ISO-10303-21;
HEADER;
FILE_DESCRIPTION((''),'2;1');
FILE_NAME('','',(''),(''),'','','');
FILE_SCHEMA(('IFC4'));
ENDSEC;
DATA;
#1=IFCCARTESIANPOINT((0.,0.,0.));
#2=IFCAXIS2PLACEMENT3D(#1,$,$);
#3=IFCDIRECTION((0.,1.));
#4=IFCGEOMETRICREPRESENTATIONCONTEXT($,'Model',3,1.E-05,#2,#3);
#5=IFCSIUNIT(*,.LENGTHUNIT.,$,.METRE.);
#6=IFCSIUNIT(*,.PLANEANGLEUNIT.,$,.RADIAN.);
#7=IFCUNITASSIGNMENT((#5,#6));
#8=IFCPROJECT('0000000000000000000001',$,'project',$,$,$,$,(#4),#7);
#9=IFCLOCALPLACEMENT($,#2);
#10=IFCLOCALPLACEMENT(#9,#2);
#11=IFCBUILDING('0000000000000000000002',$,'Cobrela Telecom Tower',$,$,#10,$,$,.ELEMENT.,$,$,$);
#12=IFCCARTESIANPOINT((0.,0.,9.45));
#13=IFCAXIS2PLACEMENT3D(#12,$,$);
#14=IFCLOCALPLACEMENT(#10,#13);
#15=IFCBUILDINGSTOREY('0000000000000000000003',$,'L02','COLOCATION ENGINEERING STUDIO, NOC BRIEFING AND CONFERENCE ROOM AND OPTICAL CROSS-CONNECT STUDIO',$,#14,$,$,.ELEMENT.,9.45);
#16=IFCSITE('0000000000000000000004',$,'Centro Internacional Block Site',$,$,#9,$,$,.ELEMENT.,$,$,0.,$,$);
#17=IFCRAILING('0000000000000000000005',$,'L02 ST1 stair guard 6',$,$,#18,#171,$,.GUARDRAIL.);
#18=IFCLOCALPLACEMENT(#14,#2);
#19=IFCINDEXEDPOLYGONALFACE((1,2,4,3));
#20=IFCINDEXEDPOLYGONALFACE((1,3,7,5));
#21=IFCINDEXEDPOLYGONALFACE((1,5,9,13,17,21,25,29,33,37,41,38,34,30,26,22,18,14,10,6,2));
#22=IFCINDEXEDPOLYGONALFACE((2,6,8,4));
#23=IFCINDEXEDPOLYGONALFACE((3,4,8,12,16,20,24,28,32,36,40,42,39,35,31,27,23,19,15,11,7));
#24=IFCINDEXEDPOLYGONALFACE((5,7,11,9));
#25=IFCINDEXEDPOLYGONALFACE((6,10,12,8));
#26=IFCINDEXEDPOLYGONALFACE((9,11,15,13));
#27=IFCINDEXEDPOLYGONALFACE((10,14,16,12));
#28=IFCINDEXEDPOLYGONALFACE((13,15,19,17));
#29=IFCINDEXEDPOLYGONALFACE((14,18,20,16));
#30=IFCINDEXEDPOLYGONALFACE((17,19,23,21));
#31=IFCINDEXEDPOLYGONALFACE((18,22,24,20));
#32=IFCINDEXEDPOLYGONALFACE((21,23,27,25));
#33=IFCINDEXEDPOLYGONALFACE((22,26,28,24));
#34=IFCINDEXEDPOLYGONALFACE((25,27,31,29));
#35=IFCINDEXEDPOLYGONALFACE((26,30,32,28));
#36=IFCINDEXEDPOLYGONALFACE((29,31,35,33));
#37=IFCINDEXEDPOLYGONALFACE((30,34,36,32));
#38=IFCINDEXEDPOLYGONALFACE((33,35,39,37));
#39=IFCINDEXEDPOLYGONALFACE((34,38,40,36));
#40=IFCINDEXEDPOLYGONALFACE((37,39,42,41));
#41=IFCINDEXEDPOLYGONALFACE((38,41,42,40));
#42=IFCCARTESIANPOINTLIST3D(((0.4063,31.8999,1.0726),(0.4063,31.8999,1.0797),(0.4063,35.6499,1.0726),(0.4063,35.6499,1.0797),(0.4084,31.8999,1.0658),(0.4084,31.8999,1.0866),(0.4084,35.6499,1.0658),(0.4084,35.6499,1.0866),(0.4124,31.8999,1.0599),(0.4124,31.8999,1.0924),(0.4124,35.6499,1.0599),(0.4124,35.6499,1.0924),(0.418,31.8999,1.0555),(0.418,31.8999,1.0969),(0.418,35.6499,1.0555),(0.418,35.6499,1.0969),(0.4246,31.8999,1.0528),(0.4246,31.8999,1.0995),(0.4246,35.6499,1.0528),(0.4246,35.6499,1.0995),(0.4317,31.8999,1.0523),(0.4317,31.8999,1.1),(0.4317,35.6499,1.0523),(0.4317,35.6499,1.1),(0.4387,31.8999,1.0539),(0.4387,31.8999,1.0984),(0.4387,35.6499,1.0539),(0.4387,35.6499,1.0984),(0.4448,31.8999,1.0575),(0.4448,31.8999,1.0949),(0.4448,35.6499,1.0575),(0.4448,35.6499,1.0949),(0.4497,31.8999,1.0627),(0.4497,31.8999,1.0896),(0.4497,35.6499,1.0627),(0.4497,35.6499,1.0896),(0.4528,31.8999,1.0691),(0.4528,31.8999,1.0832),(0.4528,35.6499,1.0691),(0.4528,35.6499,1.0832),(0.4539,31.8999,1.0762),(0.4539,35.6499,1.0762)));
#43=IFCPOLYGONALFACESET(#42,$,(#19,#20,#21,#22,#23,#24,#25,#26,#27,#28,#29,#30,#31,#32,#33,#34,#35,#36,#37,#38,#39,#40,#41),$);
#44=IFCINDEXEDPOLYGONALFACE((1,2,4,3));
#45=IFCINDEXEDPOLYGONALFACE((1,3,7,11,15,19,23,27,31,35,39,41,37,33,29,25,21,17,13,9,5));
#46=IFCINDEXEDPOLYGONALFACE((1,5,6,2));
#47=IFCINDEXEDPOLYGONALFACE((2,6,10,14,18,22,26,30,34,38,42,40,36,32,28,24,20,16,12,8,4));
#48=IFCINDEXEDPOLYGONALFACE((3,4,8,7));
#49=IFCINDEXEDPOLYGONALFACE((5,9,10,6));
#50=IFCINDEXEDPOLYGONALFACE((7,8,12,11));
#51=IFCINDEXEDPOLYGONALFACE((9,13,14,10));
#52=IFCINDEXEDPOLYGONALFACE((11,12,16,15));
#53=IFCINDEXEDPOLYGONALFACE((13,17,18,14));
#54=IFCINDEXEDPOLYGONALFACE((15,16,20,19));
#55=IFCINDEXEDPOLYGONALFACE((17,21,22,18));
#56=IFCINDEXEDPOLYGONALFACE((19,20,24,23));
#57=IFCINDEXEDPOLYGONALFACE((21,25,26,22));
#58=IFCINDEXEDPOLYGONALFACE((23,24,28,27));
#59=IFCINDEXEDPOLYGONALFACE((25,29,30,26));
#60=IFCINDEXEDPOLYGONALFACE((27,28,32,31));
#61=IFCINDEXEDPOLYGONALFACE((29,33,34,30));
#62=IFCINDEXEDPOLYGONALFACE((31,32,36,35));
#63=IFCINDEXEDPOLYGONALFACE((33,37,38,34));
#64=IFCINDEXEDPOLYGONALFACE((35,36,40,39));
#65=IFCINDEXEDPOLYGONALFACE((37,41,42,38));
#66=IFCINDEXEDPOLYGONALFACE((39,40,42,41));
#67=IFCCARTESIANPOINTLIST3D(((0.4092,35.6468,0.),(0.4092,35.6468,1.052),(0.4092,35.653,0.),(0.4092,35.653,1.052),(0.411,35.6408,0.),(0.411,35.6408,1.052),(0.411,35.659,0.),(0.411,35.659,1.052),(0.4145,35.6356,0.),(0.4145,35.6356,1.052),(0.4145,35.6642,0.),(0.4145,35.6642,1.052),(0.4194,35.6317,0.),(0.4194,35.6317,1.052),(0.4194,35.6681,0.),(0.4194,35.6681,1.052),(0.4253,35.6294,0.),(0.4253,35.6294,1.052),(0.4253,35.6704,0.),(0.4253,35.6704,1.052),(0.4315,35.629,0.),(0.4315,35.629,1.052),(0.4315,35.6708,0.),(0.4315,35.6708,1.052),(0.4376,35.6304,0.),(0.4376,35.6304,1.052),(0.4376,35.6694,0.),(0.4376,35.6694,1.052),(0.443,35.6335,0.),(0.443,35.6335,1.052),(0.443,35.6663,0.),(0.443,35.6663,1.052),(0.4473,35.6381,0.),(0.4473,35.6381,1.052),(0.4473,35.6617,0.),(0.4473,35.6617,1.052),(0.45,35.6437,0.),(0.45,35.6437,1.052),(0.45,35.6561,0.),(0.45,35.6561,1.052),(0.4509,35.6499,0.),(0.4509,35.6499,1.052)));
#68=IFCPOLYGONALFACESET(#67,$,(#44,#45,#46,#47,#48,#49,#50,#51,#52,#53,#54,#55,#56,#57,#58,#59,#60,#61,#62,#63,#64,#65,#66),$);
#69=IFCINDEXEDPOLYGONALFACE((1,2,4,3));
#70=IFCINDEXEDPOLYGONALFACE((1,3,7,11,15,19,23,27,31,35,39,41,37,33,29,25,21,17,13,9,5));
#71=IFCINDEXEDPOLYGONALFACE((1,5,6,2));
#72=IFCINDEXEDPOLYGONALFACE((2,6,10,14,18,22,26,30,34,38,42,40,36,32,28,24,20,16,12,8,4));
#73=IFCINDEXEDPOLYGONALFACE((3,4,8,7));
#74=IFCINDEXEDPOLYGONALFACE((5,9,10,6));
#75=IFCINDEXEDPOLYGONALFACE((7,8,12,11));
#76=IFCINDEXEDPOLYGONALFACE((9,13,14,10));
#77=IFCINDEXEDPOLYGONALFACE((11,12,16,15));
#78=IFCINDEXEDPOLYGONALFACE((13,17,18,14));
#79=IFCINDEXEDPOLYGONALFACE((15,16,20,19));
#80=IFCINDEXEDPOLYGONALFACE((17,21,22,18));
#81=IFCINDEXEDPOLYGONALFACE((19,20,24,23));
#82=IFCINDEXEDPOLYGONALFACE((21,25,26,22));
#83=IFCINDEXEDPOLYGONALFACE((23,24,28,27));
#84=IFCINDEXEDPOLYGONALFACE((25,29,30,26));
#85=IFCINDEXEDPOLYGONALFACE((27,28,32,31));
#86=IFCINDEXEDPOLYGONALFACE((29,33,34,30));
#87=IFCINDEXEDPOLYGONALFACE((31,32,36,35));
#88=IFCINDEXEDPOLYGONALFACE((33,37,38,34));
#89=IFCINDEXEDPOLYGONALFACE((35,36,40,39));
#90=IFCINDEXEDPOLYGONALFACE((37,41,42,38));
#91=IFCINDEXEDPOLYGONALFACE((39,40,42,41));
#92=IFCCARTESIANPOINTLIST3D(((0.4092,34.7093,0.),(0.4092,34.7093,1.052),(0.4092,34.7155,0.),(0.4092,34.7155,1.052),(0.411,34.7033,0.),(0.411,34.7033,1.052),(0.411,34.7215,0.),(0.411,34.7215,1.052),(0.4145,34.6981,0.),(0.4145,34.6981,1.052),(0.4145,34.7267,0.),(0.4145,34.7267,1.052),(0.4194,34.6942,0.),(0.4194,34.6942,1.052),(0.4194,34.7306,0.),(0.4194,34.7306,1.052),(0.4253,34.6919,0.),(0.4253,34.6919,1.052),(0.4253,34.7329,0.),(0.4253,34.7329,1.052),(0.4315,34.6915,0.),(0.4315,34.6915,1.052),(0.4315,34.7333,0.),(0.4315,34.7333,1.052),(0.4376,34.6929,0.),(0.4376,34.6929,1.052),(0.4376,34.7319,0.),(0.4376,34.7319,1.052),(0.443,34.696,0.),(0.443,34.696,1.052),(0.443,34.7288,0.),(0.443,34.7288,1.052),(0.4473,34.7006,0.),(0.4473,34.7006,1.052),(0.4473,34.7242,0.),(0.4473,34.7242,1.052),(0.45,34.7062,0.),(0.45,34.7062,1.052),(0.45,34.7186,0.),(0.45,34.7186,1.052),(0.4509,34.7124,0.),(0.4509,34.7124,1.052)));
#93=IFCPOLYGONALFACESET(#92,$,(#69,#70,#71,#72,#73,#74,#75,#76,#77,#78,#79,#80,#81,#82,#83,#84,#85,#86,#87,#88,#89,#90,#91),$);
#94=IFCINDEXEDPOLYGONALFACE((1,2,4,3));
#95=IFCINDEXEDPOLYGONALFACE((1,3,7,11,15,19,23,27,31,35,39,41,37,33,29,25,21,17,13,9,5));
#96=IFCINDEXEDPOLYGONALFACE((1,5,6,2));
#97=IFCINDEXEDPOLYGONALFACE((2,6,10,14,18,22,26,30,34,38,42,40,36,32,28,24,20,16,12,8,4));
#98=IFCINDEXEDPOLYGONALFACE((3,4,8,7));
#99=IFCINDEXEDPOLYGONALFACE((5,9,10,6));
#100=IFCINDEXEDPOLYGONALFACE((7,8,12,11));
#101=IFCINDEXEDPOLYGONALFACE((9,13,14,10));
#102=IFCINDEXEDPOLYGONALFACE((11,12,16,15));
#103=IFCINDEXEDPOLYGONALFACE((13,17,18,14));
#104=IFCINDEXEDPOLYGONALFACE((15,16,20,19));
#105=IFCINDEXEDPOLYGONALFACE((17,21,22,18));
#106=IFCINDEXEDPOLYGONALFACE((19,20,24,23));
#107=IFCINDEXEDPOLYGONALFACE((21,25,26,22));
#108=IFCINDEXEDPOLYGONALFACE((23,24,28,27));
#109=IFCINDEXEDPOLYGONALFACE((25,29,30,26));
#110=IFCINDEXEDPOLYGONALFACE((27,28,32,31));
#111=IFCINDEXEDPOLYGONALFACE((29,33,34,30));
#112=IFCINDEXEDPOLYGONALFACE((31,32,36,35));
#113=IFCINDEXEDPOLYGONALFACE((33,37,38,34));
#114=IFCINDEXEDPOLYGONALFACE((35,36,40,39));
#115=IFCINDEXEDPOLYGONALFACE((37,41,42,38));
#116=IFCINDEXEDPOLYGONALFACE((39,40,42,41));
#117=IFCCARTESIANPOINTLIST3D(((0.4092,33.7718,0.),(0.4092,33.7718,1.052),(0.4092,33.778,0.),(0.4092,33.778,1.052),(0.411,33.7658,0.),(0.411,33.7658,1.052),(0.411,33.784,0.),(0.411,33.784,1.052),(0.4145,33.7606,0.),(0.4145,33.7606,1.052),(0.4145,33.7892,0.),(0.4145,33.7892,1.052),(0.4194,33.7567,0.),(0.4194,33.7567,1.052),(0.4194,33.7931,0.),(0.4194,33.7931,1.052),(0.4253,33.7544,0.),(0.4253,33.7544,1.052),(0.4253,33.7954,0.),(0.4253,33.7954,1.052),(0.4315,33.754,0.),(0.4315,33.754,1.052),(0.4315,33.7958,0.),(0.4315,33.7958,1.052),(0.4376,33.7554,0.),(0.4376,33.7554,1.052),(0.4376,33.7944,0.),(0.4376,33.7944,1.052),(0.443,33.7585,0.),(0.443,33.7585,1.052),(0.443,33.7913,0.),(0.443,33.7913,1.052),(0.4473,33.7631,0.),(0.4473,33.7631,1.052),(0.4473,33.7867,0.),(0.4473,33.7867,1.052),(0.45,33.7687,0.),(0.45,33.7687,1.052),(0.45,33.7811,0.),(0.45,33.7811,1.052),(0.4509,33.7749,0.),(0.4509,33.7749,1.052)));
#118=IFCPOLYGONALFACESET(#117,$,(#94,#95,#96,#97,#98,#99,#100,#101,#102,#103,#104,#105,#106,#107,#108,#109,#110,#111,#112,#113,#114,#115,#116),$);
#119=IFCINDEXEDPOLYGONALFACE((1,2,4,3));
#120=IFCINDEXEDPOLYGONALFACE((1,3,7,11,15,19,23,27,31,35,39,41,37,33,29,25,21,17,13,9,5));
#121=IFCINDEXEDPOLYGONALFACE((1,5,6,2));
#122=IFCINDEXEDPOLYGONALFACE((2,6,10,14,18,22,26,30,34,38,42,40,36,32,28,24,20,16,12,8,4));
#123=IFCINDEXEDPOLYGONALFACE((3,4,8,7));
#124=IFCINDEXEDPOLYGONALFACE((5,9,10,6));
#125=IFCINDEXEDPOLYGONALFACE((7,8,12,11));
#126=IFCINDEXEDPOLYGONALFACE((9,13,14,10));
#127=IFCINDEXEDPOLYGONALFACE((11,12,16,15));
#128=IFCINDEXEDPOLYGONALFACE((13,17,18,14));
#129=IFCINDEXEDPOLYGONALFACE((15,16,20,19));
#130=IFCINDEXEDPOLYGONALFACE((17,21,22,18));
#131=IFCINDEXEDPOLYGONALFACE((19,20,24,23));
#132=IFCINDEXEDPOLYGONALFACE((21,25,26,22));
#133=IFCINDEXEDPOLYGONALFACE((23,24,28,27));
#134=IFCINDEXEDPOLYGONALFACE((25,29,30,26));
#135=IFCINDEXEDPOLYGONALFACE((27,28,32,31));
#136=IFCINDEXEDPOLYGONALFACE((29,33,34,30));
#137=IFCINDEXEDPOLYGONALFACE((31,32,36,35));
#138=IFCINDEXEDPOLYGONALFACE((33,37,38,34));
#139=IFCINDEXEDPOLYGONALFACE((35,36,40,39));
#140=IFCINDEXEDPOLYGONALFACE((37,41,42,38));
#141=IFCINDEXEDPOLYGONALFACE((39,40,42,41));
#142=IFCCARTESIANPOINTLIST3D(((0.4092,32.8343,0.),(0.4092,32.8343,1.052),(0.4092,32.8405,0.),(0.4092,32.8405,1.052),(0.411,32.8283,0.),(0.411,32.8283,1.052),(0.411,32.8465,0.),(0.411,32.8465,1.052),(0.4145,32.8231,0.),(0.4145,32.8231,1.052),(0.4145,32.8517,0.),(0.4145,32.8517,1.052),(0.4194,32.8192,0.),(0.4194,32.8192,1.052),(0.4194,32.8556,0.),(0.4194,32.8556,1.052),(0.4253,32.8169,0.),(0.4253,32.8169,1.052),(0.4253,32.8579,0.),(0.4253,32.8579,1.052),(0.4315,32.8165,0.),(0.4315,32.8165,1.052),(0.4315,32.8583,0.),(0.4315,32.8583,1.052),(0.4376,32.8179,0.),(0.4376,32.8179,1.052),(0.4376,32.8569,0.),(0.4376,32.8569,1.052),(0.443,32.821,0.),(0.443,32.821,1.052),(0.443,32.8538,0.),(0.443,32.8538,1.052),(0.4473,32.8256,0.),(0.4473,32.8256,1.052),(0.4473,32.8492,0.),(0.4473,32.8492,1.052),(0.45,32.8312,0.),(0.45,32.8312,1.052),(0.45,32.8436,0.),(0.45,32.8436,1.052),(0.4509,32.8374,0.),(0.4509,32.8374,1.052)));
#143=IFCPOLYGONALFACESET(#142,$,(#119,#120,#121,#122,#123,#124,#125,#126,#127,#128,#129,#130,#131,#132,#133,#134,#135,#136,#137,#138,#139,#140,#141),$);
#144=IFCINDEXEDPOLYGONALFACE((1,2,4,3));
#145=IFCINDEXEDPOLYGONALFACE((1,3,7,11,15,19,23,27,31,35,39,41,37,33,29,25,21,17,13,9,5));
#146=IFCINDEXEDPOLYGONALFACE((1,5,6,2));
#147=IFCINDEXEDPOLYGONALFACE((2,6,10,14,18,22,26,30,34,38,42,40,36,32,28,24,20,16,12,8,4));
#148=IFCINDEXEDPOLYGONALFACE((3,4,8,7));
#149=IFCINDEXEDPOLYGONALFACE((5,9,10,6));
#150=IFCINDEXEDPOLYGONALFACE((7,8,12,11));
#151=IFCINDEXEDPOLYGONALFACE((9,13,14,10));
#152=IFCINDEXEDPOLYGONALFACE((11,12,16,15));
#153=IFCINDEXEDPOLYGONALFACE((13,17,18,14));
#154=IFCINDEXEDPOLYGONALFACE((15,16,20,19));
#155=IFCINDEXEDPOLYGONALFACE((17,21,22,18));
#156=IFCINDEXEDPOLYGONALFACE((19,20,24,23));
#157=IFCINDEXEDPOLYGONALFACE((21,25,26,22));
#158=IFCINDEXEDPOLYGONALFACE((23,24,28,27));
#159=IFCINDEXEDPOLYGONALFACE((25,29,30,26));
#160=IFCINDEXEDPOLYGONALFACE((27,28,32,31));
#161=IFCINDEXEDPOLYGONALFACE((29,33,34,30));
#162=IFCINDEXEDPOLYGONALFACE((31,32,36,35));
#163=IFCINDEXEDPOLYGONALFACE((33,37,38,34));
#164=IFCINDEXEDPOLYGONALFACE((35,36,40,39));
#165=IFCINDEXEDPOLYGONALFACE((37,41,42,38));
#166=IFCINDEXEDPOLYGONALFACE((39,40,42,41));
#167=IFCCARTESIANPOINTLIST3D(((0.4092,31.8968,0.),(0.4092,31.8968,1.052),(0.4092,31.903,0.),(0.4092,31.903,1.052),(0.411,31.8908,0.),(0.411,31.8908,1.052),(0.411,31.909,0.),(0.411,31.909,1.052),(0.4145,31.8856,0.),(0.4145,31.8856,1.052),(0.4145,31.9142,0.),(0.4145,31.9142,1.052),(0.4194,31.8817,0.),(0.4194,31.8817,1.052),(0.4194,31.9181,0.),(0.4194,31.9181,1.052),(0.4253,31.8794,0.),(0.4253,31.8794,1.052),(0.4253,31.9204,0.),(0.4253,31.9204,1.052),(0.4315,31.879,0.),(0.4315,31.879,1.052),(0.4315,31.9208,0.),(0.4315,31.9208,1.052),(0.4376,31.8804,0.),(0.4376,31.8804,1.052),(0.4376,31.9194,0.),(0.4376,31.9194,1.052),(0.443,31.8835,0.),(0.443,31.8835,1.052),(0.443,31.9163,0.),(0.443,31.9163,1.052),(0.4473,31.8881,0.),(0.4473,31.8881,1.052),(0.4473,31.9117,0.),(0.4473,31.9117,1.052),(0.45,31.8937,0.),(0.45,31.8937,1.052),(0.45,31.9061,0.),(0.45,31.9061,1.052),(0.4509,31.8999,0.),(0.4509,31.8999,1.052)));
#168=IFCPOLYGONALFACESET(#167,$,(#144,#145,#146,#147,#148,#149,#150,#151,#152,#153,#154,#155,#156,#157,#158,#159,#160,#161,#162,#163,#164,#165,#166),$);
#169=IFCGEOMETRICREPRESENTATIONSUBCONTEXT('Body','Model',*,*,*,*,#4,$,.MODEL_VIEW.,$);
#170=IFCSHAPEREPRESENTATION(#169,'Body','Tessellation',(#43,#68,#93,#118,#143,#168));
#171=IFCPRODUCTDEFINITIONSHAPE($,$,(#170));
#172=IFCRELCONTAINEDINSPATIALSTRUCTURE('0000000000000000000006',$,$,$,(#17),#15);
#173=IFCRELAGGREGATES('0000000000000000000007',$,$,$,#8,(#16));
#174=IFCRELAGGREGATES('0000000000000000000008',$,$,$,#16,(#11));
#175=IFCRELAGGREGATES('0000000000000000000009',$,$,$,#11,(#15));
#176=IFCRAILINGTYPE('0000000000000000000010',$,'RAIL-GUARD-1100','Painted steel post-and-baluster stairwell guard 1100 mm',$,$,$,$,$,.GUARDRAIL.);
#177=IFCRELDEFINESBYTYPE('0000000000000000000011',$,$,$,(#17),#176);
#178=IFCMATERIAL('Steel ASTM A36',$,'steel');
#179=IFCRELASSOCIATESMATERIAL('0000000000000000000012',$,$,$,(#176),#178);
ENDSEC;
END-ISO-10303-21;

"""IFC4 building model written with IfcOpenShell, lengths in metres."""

from ifc_helpers import new_model, si_unit, direction, frame, origin, origin_2d, place, context, subcontext, project, spatial, circle, extrude, material, type_object, element, save


model = new_model("IFC4")

# Units and contexts
model_context = context("Model", 3, precision=1e-05, world=origin(), true_north=direction((0.0, 1.0)))
body_context = subcontext(model_context, "Body", "Model", "MODEL_VIEW")
ifc_project = project(units=[si_unit("LENGTHUNIT", "METRE"), si_unit("PLANEANGLEUNIT", "RADIAN")], contexts=[model_context])

# Site, building, storey
site_placement = place(None, origin())
site = spatial("IfcSite", under=ifc_project, at=site_placement, Name="Centro Internacional Block Site", CompositionType="ELEMENT", RefElevation=0.0)
building_placement = place(site_placement, origin())
building = spatial("IfcBuilding", under=site, at=building_placement, Name="Cobrela Telecom Tower", CompositionType="ELEMENT")
storey_placement = place(building_placement, frame((0.0, 0.0, 9.45)))
storey = spatial("IfcBuildingStorey", under=building, at=storey_placement, Name="L02", Description="COLOCATION ENGINEERING STUDIO, NOC BRIEFING AND CONFERENCE ROOM AND OPTICAL CROSS-CONNECT STUDIO", CompositionType="ELEMENT", Elevation=9.45)

# Shared definitions
ifc_material_1 = material(Name="Steel ASTM A36", Category="steel")

# Railing
railing_type_1 = type_object("IfcRailingType", Name="RAIL-GUARD-1100", Description="Painted steel post-and-baluster stairwell guard 1100 mm", PredefinedType="GUARDRAIL", material=ifc_material_1)
railing_1_placement = place(storey_placement, frame((0.4299, 35.6499, 0.0)))
element("IfcRailing", 1, at=railing_1_placement, inside=storey, type_object=railing_type_1, Name="L02 ST1 stair guard 6", PredefinedType="GUARDRAIL", context=body_context, shape_type="SweptSolid", body=[
    extrude(circle(Radius=0.0239, at=origin_2d()), frame((0.0, 0.0, 1.0762), z_axis=(0.0, -1.0, 0.0), x_axis=(1.0, 0.0, 0.0)), (0.0, 0.0, 1.0), 3.75),
    extrude(circle(Radius=0.021, at=origin_2d()), origin(), (0.0, 0.0, 1.0), 1.052),
    extrude(circle(Radius=0.021, at=origin_2d()), frame((0.0, -0.9375, 0.0)), (0.0, 0.0, 1.0), 1.052),
    extrude(circle(Radius=0.021, at=origin_2d()), frame((0.0, -1.875, 0.0)), (0.0, 0.0, 1.0), 1.052),
    extrude(circle(Radius=0.021, at=origin_2d()), frame((0.0, -2.8125, 0.0)), (0.0, 0.0, 1.0), 1.052),
    extrude(circle(Radius=0.021, at=origin_2d()), frame((0.0, -3.75, 0.0)), (0.0, 0.0, 1.0), 1.052),
])

save(model, "model.ifc")
